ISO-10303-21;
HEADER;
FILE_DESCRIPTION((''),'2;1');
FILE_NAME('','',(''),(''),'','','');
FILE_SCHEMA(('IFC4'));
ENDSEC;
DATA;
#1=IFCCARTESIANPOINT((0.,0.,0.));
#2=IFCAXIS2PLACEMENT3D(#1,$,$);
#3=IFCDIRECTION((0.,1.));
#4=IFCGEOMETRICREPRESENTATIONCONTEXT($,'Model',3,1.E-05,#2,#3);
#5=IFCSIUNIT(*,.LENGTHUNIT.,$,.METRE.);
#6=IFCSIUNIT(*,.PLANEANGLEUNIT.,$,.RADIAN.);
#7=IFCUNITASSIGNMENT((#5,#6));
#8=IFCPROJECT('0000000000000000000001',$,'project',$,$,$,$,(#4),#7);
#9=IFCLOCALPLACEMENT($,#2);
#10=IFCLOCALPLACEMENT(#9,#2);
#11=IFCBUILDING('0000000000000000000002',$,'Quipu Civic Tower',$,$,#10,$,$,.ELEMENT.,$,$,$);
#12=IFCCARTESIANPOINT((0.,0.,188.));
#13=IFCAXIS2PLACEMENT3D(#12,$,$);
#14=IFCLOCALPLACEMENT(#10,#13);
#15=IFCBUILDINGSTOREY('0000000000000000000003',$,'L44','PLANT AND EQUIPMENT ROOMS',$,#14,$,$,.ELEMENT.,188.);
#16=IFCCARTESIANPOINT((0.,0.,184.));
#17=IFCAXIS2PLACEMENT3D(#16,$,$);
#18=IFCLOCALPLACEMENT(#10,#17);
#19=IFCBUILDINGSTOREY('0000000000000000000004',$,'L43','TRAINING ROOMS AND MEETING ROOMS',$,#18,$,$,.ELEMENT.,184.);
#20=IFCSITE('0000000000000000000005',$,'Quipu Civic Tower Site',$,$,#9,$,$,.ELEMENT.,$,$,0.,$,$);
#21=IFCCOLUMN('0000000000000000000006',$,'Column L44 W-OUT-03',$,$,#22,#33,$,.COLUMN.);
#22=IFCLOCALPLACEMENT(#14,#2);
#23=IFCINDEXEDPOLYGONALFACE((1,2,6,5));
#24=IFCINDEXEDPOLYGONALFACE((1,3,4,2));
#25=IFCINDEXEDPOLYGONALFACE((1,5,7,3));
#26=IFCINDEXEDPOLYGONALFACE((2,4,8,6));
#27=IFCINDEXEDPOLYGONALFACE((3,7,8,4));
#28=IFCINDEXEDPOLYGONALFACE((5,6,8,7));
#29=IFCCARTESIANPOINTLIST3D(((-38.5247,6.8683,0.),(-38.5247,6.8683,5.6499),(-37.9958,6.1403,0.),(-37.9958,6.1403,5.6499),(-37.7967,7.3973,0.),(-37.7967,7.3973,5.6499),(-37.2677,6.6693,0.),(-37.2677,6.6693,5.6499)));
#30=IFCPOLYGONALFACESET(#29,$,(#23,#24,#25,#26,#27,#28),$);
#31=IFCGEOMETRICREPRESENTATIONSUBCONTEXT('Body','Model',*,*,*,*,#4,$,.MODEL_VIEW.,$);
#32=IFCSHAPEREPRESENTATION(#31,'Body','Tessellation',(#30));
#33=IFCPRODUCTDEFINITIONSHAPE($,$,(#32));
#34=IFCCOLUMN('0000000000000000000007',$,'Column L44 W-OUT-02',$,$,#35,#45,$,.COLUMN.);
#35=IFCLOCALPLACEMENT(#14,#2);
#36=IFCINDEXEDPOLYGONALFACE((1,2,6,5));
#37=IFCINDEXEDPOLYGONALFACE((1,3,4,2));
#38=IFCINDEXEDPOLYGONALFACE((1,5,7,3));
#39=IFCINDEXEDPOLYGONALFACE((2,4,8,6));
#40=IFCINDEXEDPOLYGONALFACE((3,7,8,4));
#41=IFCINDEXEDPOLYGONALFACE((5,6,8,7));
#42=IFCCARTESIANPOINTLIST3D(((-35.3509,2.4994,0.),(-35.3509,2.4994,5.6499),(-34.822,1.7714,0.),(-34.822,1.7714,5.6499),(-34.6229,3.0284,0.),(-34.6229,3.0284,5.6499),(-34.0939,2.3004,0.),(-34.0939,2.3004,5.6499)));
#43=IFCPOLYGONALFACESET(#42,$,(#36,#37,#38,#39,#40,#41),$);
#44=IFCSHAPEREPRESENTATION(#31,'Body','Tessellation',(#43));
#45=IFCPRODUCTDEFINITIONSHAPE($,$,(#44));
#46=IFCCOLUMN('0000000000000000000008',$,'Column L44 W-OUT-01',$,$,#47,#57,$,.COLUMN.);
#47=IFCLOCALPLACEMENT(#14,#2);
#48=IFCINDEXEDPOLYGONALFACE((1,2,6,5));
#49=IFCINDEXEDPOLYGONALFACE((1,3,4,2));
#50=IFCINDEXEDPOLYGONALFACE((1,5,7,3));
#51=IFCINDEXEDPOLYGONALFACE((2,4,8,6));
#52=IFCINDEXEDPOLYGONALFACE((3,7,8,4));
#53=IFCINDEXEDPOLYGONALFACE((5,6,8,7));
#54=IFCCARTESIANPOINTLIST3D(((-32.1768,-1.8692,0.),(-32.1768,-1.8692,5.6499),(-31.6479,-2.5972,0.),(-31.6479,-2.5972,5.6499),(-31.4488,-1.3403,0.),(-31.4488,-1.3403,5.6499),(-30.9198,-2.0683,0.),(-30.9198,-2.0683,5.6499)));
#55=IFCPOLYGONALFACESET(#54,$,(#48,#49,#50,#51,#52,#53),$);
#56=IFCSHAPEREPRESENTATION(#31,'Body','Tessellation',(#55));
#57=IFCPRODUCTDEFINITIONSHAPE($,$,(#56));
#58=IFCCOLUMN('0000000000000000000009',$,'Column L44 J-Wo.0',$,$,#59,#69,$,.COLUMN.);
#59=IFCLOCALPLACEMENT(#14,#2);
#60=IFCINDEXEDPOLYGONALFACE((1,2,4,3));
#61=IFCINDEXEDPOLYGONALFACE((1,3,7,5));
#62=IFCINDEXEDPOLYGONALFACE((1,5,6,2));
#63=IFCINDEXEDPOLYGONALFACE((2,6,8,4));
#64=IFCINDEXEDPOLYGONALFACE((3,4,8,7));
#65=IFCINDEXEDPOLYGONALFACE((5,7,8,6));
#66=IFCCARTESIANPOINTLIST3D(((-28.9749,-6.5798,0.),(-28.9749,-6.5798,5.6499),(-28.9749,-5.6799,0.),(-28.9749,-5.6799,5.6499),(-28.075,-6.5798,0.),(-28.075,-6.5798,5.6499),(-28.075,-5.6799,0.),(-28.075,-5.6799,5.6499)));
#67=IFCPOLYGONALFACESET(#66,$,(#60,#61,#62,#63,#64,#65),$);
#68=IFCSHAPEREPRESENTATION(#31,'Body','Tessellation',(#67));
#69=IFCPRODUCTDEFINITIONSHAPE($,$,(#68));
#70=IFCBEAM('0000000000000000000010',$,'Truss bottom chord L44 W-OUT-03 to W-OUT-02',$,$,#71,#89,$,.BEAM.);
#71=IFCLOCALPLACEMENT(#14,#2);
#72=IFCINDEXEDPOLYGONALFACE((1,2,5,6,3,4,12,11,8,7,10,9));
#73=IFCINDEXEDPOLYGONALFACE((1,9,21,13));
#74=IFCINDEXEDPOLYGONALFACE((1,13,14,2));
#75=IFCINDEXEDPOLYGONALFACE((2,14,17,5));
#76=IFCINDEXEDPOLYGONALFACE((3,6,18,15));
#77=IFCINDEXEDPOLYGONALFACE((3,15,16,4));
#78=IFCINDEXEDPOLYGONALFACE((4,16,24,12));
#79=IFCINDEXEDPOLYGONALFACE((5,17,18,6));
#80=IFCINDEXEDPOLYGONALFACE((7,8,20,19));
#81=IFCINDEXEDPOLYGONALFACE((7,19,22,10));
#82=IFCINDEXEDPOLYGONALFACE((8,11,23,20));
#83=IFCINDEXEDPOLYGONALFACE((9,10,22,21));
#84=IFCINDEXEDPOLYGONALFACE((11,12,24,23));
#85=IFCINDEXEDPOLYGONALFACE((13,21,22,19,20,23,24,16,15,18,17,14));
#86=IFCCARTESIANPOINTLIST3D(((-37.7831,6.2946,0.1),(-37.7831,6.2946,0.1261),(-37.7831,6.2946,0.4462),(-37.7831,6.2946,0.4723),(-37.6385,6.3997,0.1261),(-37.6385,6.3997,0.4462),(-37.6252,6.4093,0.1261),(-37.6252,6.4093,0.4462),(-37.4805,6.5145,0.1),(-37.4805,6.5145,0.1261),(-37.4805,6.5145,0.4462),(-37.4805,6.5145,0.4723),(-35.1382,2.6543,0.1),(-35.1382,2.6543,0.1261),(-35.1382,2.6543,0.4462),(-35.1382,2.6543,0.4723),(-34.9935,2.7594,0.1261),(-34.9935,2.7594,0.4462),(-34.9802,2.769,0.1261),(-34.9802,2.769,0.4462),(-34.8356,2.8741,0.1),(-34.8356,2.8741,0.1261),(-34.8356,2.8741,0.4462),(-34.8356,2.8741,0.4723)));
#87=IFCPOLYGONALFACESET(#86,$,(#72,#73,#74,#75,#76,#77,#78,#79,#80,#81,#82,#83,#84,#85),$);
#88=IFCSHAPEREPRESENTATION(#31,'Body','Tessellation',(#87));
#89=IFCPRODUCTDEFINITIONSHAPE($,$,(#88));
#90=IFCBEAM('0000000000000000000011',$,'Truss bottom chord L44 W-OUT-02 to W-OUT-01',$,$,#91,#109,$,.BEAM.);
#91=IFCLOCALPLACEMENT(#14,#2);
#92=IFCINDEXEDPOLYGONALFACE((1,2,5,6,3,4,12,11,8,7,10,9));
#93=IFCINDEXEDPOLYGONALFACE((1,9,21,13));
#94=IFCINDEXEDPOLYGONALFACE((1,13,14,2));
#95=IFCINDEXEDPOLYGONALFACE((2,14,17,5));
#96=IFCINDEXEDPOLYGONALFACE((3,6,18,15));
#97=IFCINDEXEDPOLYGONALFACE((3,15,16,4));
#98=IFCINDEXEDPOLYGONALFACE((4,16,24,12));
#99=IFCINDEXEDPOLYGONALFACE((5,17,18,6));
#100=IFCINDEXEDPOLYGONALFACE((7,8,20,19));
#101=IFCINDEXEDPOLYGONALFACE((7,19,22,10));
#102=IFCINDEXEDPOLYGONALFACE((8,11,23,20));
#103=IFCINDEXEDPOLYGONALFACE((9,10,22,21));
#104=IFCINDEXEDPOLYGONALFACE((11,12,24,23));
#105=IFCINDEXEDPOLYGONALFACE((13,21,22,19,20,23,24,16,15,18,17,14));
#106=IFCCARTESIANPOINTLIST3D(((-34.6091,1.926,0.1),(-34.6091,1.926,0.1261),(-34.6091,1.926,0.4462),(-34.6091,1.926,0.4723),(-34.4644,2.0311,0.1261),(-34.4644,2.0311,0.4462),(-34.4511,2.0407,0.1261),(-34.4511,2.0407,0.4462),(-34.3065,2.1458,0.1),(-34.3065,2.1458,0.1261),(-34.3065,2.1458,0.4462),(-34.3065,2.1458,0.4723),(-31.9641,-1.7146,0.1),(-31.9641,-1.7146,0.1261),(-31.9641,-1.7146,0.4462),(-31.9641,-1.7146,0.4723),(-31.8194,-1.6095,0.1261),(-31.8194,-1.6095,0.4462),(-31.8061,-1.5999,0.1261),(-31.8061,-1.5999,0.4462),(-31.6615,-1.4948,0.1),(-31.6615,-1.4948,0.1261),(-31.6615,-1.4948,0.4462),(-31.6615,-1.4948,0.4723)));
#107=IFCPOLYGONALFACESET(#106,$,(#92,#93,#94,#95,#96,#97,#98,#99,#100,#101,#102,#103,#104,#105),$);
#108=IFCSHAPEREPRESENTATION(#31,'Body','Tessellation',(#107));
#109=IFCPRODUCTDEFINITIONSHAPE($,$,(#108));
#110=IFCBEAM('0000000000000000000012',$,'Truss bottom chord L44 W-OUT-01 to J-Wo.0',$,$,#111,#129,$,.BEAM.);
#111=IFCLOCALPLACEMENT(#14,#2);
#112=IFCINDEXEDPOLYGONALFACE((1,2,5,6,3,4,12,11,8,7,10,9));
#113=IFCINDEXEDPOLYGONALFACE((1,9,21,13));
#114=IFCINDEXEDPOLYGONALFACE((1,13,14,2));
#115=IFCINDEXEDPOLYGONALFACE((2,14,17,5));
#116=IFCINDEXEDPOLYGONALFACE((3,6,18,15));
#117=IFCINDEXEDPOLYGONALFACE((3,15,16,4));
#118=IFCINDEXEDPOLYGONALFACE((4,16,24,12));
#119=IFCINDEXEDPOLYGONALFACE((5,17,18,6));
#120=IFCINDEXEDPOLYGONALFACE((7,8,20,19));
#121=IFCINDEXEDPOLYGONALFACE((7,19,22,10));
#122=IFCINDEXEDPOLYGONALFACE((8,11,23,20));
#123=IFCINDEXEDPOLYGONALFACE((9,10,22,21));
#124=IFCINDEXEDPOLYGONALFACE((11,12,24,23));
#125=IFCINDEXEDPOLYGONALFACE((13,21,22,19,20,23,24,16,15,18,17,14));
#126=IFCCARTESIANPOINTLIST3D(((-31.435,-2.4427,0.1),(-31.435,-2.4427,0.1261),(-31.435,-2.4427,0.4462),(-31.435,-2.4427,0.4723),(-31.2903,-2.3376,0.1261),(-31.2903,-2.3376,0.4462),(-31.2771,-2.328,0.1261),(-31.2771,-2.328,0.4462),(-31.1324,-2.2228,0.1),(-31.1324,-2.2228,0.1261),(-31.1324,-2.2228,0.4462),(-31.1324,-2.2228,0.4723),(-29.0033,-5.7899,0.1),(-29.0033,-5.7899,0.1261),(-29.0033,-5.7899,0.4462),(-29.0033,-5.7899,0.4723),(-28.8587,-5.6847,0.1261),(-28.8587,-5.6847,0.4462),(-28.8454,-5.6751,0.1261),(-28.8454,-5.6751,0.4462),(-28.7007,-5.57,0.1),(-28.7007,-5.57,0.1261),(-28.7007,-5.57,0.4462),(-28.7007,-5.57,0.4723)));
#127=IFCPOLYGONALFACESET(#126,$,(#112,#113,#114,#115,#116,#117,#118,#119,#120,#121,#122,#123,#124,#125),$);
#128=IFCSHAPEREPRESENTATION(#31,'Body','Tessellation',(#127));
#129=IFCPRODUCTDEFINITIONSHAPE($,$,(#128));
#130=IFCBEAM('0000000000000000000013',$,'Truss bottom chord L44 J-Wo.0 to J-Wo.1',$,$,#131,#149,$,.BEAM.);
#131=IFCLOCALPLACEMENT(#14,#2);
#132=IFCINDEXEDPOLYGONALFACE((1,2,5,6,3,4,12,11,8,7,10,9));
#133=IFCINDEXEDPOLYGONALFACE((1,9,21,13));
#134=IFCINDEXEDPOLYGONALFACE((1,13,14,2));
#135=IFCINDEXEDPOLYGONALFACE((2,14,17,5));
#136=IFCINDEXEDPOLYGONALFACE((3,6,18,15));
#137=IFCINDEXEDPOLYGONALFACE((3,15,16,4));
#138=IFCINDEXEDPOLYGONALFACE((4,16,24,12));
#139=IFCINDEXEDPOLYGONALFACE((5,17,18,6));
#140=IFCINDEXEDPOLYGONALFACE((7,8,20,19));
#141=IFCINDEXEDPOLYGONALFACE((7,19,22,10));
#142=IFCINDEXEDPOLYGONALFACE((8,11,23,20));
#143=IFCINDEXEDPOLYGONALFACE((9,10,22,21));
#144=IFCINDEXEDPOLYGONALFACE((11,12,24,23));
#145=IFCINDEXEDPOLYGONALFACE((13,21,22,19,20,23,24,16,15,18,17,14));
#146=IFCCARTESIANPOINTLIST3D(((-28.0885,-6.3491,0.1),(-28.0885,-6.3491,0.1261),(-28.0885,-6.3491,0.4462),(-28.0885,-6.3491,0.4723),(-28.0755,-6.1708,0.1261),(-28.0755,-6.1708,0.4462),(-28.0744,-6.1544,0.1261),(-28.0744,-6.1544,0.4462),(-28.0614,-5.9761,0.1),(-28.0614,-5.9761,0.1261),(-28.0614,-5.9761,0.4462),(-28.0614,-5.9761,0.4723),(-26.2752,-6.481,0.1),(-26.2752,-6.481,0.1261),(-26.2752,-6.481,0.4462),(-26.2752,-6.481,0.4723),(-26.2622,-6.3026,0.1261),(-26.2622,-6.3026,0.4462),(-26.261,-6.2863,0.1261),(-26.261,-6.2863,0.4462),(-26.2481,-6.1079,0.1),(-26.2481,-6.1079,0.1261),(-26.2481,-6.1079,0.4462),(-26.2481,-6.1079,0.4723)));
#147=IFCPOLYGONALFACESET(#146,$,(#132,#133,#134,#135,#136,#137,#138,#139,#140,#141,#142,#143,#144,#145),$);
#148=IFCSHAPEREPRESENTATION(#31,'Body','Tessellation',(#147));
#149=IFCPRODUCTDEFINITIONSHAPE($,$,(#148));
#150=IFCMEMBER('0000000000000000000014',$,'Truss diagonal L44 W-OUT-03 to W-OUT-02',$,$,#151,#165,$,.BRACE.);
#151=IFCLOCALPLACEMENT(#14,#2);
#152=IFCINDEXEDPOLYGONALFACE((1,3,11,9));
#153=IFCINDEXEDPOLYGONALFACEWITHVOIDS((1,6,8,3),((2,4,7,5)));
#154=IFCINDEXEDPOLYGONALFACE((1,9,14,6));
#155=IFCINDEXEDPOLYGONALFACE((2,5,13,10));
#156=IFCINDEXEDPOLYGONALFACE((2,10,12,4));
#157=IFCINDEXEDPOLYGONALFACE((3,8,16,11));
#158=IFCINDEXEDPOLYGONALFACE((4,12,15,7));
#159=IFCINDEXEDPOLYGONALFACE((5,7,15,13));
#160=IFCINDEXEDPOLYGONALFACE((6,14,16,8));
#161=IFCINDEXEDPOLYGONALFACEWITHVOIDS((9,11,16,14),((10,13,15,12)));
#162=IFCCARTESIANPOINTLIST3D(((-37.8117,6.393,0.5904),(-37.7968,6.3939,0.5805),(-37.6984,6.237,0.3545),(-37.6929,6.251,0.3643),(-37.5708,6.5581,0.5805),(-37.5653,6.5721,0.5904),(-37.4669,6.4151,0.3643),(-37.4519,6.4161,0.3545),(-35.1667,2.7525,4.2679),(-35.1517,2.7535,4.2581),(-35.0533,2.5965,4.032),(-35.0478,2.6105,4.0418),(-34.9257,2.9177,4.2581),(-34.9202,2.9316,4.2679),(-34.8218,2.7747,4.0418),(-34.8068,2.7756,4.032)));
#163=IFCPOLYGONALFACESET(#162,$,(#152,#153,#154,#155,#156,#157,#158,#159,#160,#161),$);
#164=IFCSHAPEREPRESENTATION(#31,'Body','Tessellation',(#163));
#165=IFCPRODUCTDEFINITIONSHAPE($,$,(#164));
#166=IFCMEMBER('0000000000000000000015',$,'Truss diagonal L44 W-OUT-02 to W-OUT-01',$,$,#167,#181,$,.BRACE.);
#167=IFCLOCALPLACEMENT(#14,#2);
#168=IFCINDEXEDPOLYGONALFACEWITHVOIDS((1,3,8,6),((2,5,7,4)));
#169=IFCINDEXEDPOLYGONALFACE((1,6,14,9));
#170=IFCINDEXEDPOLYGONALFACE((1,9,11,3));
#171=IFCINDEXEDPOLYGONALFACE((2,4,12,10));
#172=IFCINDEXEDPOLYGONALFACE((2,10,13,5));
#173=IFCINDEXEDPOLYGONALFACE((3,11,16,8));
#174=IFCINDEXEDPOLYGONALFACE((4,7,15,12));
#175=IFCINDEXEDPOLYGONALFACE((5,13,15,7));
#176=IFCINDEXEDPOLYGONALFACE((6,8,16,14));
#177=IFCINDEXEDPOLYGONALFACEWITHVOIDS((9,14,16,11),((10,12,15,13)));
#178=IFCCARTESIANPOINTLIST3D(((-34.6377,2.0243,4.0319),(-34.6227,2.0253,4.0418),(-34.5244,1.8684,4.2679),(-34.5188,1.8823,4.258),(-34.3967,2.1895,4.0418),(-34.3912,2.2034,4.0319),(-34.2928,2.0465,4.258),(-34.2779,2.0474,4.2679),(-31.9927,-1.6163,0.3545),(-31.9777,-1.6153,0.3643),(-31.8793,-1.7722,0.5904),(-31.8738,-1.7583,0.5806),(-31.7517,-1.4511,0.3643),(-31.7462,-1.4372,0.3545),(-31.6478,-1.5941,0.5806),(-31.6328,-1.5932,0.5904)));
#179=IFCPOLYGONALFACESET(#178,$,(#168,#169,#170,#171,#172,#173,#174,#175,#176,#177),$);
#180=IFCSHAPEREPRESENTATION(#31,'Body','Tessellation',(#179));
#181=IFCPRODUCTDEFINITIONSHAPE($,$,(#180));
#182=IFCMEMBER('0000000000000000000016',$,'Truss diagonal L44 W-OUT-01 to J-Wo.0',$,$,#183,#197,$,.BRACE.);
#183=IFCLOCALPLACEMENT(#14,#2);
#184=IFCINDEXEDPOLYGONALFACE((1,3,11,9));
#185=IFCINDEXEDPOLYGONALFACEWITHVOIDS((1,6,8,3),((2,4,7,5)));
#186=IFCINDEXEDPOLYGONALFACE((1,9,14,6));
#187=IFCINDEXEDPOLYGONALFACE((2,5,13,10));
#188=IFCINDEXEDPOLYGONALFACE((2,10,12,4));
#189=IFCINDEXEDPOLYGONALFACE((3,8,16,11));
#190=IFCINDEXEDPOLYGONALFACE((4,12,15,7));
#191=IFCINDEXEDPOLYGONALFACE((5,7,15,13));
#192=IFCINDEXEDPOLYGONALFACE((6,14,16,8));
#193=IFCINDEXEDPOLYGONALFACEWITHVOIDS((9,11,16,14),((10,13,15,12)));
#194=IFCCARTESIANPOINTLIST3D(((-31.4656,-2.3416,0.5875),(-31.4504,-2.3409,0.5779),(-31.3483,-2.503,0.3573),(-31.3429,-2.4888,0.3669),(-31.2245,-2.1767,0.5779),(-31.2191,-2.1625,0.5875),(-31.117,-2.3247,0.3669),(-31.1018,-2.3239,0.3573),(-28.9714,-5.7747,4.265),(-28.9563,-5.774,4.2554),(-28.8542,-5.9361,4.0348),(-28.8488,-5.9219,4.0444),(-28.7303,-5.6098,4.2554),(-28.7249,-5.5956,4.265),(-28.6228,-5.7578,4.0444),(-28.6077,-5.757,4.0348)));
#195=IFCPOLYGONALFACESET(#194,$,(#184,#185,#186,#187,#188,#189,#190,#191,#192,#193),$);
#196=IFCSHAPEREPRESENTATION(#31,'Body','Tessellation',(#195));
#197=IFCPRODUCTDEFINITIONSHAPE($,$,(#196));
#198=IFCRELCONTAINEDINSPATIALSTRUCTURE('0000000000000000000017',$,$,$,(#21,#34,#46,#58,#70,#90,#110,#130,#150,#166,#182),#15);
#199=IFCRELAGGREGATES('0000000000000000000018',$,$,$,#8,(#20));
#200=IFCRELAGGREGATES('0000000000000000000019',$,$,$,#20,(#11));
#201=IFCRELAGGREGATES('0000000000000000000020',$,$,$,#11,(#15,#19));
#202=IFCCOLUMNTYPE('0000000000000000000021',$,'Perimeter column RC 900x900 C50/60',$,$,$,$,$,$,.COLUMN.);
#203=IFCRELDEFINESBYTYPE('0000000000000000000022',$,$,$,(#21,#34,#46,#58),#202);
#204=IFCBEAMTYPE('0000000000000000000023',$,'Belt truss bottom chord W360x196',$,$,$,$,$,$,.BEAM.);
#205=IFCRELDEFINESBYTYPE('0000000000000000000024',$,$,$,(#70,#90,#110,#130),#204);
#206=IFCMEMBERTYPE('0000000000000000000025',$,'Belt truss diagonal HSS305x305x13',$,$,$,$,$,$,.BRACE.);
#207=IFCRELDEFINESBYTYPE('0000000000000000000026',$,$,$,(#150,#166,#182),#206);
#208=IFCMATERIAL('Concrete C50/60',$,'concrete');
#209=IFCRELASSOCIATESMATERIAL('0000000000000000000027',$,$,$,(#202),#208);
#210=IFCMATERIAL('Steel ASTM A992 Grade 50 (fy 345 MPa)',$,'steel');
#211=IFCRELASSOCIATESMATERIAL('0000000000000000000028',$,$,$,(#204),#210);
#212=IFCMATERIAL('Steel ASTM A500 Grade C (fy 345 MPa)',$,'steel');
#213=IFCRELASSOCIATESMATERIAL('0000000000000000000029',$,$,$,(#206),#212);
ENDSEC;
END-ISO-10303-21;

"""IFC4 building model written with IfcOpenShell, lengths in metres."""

from ifc_helpers import new_model, si_unit, direction, frame, origin, origin_2d, place, context, subcontext, project, spatial, rectangle, hollow_rectangle, i_section, extrude, material, material_profile, profile_set, type_object, element, save


model = new_model("IFC4")

# Units and contexts
model_context = context("Model", 3, precision=1e-05, world=origin(), true_north=direction((0.0, 1.0)))
body_context = subcontext(model_context, "Body", "Model", "MODEL_VIEW")
ifc_project = project(units=[si_unit("LENGTHUNIT", "METRE"), si_unit("PLANEANGLEUNIT", "RADIAN")], contexts=[model_context])

# Site, building, storey
site_placement = place(None, origin())
site = spatial("IfcSite", under=ifc_project, at=site_placement, Name="Quipu Civic Tower Site", CompositionType="ELEMENT", RefElevation=0.0)
building_placement = place(site_placement, origin())
building = spatial("IfcBuilding", under=site, at=building_placement, Name="Quipu Civic Tower", CompositionType="ELEMENT")
storey_1_placement = place(building_placement, frame((0.0, 0.0, 188.0)))
storey_1 = spatial("IfcBuildingStorey", under=building, at=storey_1_placement, Name="L44", Description="PLANT AND EQUIPMENT ROOMS", CompositionType="ELEMENT", Elevation=188.0)

# Columns
ifc_material_1 = material(Name="Concrete C50/60", Category="concrete")
ifc_material_profile_1 = material_profile(ifc_material_1, rectangle(XDim=0.8999, YDim=0.8999, at=origin_2d()), Name="RC900x900")
ifc_profile_set_1 = profile_set([ifc_material_profile_1], Name="Concrete C50/60")
column_type = type_object("IfcColumnType", Name="Perimeter column RC 900x900 C50/60", PredefinedType="COLUMN", material=ifc_profile_set_1)
for number, where, z_axis, x_axis, name in (
    (1, (-37.8962, 6.7688, 0.0), (0.0, 0.0, 1.0), (0.587785, -0.809017, 0.0), "Column L44 W-OUT-03"),
    (2, (-34.7224, 2.3999, 0.0), (0.0, 0.0, 1.0), (0.587785, -0.809017, 0.0), "Column L44 W-OUT-02"),
    (3, (-31.5483, -1.9688, 0.0), (0.0, 0.0, 1.0), (0.587785, -0.809017, 0.0), "Column L44 W-OUT-01"),
    (4, (-28.5249, -6.1299, 0.0), (0.0, 0.0, 1.0), (1.0, 0.0, 0.0), "Column L44 J-Wo.0"),
):
    element("IfcColumn", number, at=place(storey_1_placement, frame(where, z_axis=z_axis, x_axis=x_axis)), inside=storey_1, type_object=column_type, Name=name, PredefinedType="COLUMN", context=body_context, shape_type="SweptSolid", body=[
        extrude(rectangle(XDim=0.8999, YDim=0.8999, at=origin_2d()), origin(), (0.0, 0.0, 1.0), 5.6499),
    ])

# Beams
ifc_material_2 = material(Name="Steel ASTM A992 Grade 50 (fy 345 MPa)", Category="steel")
ifc_material_profile_2 = material_profile(ifc_material_2, i_section(OverallWidth=0.374, OverallDepth=0.3723, WebThickness=0.0164, FlangeThickness=0.0261, at=origin_2d()), Name="W360x196")
ifc_profile_set_2 = profile_set([ifc_material_profile_2], Name="Steel ASTM A992 Grade 50 (fy 345 MPa)")
beam_type_1 = type_object("IfcBeamType", Name="Belt truss bottom chord W360x196", PredefinedType="BEAM", material=ifc_profile_set_2)
beam_1_placement = place(storey_1_placement, frame((-37.6318, 6.4045, 0.2861), z_axis=(0.587804, -0.809003, 0.0), x_axis=(0.809003, 0.587804, 0.0)))
element("IfcBeam", 5, at=beam_1_placement, inside=storey_1, type_object=beam_type_1, Name="Truss bottom chord L44 W-OUT-03 to W-OUT-02", PredefinedType="BEAM", context=body_context, shape_type="SweptSolid", body=[
    extrude(i_section(OverallWidth=0.374, OverallDepth=0.3723, WebThickness=0.0164, FlangeThickness=0.0261, at=origin_2d()), origin(), (0.0, 0.0, 1.0), 4.4998),
])
beam_2_placement = place(storey_1_placement, frame((-34.4578, 2.0359, 0.2861), z_axis=(0.587778, -0.809022, 0.0), x_axis=(0.809022, 0.587778, 0.0)))
element("IfcBeam", 6, at=beam_2_placement, inside=storey_1, type_object=beam_type_1, Name="Truss bottom chord L44 W-OUT-02 to W-OUT-01", PredefinedType="BEAM", context=body_context, shape_type="SweptSolid", body=[
    extrude(i_section(OverallWidth=0.374, OverallDepth=0.3723, WebThickness=0.0164, FlangeThickness=0.0261, at=origin_2d()), origin(), (0.0, 0.0, 1.0), 4.5),
])
beam_3_placement = place(storey_1_placement, frame((-31.2837, -2.3328, 0.2861), z_axis=(0.587751, -0.809042, 0.0), x_axis=(0.809042, 0.587751, 0.0)))
element("IfcBeam", 7, at=beam_3_placement, inside=storey_1, type_object=beam_type_1, Name="Truss bottom chord L44 W-OUT-01 to J-Wo.0", PredefinedType="BEAM", context=body_context, shape_type="SweptSolid", body=[
    extrude(i_section(OverallWidth=0.374, OverallDepth=0.3723, WebThickness=0.0164, FlangeThickness=0.0261, at=origin_2d()), origin(), (0.0, 0.0, 1.0), 4.1372),
])
beam_4_placement = place(storey_1_placement, frame((-28.075, -6.1626, 0.2861), z_axis=(0.997367, -0.072516, 0.0), x_axis=(0.072516, 0.997367, 0.0)))
element("IfcBeam", 8, at=beam_4_placement, inside=storey_1, type_object=beam_type_1, Name="Truss bottom chord L44 J-Wo.0 to J-Wo.1", PredefinedType="BEAM", context=body_context, shape_type="SweptSolid", body=[
    extrude(i_section(OverallWidth=0.374, OverallDepth=0.3723, WebThickness=0.0164, FlangeThickness=0.0261, at=origin_2d()), origin(), (0.0, 0.0, 1.0), 1.8181),
])

# Members
ifc_material_3 = material(Name="Steel ASTM A500 Grade C (fy 345 MPa)", Category="steel")
ifc_material_profile_3 = material_profile(ifc_material_3, hollow_rectangle(XDim=0.3047, YDim=0.3047, WallThickness=0.0127, at=origin_2d()), Name="HSS305x305x13")
ifc_profile_set_3 = profile_set([ifc_material_profile_3], Name="Steel ASTM A500 Grade C (fy 345 MPa)")
member_type_1 = type_object("IfcMemberType", Name="Belt truss diagonal HSS305x305x13", PredefinedType="BRACE", material=ifc_profile_set_3)
for number, where, z_axis, x_axis, name in (
    (9, (-37.6318, 6.4045, 0.4724), (0.455143, -0.62642, 0.632806), (0.809003, 0.587804, 0.0), "Truss diagonal L44 W-OUT-03 to W-OUT-02"),
    (10, (-34.4578, 2.0359, 4.1499), (0.455131, -0.626446, -0.632789), (0.809022, 0.587778, 0.0), "Truss diagonal L44 W-OUT-02 to W-OUT-01"),
):
    element("IfcMember", number, at=place(storey_1_placement, frame(where, z_axis=z_axis, x_axis=x_axis)), inside=storey_1, type_object=member_type_1, Name=name, PredefinedType="BRACE", context=body_context, shape_type="SweptSolid", body=[
        extrude(hollow_rectangle(XDim=0.3047, YDim=0.3047, WallThickness=0.0127, at=origin_2d()), origin(), (0.0, 0.0, 1.0), 5.8115),
    ])
member_1_placement = place(storey_1_placement, frame((-31.2837, -2.3328, 0.4724), z_axis=(0.444174, -0.611391, 0.654913), x_axis=(0.809035, 0.587761, 0.0)))
element("IfcMember", 11, at=member_1_placement, inside=storey_1, type_object=member_type_1, Name="Truss diagonal L44 W-OUT-01 to J-Wo.0", PredefinedType="BRACE", context=body_context, shape_type="SweptSolid", body=[
    extrude(hollow_rectangle(XDim=0.3047, YDim=0.3047, WallThickness=0.0127, at=origin_2d()), origin(), (0.0, 0.0, 1.0), 5.6152),
])

# Shared definitions
storey_2_placement = place(building_placement, frame((0.0, 0.0, 184.0)))
storey_2 = spatial("IfcBuildingStorey", under=building, at=storey_2_placement, Name="L43", Description="TRAINING ROOMS AND MEETING ROOMS", CompositionType="ELEMENT", Elevation=184.0)

save(model, "model.ifc")
